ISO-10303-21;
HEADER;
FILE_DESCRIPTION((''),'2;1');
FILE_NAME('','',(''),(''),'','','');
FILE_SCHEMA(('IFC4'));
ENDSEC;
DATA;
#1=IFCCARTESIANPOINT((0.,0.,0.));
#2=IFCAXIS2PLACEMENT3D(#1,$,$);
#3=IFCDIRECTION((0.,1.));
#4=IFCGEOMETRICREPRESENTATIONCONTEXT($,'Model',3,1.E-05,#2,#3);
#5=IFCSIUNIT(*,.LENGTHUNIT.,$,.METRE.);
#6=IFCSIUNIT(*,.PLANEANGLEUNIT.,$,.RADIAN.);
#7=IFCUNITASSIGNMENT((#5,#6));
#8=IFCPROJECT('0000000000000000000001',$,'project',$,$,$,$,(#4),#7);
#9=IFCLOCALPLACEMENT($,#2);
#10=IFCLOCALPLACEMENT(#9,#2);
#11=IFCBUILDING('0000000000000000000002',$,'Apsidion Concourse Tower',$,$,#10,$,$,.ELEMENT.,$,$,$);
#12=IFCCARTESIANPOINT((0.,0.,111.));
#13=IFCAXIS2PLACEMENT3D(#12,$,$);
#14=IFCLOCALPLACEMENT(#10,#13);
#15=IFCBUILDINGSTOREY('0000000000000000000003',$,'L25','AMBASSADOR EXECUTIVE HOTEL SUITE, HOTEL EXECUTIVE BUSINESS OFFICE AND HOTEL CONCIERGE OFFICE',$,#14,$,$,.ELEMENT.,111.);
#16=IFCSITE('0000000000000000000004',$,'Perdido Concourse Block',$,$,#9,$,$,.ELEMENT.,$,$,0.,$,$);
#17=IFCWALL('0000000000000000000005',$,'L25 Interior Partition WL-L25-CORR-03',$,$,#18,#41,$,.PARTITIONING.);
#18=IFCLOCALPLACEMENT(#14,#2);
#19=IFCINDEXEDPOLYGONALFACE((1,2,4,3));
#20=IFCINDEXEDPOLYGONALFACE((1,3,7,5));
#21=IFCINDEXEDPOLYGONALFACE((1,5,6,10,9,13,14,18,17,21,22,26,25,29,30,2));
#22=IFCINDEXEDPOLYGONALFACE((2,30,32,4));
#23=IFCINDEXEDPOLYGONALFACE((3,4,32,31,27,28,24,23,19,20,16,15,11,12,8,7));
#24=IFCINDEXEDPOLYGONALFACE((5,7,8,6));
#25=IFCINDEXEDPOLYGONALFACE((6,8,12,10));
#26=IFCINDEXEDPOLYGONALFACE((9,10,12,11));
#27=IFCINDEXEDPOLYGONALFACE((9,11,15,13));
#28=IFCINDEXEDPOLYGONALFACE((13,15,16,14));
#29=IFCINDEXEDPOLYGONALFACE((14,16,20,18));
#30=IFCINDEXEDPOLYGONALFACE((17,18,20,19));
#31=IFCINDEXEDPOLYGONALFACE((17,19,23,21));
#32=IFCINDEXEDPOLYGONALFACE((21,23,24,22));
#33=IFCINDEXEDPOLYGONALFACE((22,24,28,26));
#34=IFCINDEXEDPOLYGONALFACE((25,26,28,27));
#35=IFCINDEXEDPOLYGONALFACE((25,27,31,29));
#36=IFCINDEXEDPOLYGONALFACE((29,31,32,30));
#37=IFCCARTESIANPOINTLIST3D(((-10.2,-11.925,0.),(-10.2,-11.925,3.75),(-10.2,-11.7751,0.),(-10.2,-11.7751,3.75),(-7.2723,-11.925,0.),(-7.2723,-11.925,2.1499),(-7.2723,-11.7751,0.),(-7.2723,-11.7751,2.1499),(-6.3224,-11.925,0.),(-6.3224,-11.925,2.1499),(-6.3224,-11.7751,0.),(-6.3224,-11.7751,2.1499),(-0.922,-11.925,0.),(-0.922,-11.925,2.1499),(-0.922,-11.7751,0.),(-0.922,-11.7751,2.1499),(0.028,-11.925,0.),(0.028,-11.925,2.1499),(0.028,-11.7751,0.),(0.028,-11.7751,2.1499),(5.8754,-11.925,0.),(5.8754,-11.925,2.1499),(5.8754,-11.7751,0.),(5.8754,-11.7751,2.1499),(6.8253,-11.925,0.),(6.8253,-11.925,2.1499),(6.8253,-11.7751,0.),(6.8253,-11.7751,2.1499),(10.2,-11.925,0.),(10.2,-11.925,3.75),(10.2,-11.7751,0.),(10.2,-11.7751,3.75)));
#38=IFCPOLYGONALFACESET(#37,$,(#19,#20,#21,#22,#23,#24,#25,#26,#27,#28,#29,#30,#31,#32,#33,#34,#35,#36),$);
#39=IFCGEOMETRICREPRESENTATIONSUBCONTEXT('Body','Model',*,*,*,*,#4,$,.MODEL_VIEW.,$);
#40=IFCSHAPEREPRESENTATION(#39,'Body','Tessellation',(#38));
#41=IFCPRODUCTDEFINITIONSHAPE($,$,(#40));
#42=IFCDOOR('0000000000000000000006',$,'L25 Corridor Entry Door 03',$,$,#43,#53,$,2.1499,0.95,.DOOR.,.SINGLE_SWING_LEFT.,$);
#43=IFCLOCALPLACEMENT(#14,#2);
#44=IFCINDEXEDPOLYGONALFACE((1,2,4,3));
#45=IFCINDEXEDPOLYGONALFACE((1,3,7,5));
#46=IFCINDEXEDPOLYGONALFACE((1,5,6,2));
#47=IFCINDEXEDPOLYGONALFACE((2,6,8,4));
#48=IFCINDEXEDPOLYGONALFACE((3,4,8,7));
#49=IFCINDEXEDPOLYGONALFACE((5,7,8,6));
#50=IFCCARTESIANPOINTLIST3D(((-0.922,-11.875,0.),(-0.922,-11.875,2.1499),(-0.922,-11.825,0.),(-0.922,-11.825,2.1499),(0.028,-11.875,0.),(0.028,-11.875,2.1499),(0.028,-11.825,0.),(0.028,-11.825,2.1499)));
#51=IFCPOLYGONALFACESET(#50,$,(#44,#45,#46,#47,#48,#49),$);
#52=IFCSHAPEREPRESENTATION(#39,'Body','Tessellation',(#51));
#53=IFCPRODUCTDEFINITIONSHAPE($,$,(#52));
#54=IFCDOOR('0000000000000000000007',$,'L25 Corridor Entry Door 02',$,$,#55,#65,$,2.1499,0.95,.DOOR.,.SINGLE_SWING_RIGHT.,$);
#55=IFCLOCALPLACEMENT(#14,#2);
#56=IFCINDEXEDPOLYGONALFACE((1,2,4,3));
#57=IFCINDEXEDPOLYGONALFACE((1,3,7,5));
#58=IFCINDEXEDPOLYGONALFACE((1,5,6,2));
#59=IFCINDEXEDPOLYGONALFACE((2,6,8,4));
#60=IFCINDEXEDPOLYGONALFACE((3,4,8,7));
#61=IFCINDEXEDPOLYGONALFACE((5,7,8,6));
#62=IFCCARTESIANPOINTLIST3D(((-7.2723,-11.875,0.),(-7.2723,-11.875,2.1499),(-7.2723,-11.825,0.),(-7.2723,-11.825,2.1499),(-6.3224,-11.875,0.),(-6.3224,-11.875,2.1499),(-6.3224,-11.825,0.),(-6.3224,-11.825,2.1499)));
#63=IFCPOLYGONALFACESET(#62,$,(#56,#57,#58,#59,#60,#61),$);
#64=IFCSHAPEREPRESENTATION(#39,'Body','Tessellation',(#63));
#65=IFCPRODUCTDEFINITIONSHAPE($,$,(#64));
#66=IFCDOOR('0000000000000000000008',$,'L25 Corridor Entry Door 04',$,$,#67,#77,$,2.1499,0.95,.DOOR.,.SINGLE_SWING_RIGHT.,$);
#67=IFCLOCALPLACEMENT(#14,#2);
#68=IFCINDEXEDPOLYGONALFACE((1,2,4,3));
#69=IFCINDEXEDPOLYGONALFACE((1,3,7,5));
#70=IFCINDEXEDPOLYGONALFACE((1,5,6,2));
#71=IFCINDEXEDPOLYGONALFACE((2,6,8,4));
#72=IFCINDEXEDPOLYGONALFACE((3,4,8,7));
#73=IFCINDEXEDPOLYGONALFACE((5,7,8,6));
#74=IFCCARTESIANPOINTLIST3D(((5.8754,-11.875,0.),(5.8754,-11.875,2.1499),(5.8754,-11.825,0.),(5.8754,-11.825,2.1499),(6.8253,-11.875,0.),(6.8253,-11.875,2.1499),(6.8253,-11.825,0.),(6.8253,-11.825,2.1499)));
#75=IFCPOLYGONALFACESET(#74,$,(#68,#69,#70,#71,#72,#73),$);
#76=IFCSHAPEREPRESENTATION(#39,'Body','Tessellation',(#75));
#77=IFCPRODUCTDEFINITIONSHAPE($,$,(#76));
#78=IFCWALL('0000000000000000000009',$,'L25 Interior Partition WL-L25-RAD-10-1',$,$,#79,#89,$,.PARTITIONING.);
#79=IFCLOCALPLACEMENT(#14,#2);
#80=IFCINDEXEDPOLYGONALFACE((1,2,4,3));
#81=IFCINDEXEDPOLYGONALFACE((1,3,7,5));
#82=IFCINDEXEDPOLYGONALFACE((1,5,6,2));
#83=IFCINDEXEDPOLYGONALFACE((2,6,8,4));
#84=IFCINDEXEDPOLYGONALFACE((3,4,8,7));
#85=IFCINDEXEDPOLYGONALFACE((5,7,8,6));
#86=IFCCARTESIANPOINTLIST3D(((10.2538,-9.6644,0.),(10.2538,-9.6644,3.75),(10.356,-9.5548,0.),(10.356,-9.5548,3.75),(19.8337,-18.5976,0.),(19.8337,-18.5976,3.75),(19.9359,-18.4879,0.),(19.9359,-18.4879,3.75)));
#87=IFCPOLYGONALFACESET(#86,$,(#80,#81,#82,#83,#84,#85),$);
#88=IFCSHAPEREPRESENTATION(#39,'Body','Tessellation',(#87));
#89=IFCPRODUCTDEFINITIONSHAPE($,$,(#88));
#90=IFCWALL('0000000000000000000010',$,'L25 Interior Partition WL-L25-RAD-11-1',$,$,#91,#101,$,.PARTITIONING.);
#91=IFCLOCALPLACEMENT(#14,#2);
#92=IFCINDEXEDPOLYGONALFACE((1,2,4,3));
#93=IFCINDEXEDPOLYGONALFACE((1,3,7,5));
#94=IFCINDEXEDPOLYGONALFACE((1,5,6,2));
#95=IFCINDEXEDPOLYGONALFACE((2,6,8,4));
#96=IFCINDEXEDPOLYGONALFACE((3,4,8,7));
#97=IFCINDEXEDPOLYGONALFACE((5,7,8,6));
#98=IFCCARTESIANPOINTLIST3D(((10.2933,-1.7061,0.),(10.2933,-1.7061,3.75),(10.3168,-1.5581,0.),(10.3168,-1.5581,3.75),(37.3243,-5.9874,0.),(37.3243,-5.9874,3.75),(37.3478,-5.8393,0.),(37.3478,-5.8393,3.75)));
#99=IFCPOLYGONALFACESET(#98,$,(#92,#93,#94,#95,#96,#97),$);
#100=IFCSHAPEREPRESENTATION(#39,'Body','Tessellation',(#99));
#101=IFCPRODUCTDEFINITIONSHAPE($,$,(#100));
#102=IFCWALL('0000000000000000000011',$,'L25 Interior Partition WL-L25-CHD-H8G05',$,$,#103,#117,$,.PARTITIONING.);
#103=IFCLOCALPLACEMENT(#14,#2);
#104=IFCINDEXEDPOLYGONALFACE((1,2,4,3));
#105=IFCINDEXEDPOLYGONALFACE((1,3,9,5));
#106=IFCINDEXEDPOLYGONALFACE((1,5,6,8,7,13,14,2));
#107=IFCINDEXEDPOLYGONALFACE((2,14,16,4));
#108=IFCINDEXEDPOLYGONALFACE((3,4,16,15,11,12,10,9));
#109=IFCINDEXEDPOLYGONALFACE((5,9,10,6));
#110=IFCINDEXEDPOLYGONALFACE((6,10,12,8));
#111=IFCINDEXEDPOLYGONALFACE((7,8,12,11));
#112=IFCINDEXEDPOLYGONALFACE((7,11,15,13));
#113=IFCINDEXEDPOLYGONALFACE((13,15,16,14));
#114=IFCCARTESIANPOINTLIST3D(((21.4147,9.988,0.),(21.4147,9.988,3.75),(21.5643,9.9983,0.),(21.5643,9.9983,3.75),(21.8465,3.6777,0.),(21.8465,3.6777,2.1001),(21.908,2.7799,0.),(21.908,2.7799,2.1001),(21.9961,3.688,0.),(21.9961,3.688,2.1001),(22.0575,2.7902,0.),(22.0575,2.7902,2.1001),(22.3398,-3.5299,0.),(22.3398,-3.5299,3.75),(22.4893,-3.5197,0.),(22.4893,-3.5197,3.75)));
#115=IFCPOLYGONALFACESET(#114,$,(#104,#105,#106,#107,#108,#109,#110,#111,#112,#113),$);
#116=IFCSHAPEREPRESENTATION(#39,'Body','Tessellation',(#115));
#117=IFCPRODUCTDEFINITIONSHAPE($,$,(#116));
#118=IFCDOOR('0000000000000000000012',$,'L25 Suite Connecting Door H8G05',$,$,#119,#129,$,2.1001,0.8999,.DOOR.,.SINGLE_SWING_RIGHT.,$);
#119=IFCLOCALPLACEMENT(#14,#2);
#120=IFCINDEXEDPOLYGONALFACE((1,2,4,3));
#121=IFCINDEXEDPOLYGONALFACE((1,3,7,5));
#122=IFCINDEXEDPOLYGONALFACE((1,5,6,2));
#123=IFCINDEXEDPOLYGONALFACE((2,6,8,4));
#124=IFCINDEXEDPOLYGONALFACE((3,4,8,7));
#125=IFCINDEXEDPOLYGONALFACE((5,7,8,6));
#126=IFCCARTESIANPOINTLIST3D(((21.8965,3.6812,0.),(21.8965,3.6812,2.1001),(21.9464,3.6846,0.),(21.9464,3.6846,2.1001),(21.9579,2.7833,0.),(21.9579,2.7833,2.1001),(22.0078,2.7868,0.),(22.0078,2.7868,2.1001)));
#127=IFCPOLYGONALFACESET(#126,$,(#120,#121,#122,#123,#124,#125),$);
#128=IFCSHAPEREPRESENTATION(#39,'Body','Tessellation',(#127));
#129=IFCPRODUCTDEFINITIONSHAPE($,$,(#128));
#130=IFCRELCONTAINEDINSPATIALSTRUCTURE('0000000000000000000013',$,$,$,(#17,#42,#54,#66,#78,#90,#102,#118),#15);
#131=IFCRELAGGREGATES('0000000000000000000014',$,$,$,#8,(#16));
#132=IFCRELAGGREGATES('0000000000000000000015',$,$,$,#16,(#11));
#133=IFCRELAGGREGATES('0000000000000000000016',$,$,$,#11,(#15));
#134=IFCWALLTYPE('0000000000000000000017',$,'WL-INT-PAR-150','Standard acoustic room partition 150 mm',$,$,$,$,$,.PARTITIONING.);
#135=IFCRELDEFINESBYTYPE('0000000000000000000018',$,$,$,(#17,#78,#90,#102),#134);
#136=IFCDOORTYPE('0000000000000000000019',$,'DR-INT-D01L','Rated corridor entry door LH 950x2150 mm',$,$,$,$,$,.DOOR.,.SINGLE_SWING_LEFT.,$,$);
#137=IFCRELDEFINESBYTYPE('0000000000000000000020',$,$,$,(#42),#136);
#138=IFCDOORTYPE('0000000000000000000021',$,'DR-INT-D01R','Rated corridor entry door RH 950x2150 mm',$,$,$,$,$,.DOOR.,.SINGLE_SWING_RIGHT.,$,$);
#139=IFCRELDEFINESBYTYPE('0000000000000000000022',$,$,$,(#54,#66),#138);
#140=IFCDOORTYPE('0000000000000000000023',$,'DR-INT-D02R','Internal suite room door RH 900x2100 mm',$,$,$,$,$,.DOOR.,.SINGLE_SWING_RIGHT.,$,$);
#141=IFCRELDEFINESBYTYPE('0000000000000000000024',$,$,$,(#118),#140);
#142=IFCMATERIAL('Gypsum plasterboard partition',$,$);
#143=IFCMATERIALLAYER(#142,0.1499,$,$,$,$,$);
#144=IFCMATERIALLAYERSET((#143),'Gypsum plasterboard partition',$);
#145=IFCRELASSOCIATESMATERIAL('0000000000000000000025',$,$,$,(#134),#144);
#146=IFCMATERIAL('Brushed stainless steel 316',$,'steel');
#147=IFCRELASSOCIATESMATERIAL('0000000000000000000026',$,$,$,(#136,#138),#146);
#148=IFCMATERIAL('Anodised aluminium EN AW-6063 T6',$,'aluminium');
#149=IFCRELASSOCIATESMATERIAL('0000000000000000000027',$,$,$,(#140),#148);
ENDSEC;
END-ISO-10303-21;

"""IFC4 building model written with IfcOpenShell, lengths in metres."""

from ifc_helpers import new_model, si_unit, direction, frame, frame_2d, origin, place, context, subcontext, project, spatial, rectangle, extrude, material, layer, layer_set, type_object, element, fill, save


model = new_model("IFC4")

# Units and contexts
model_context = context("Model", 3, precision=1e-05, world=origin(), true_north=direction((0.0, 1.0)))
body_context = subcontext(model_context, "Body", "Model", "MODEL_VIEW")
ifc_project = project(units=[si_unit("LENGTHUNIT", "METRE"), si_unit("PLANEANGLEUNIT", "RADIAN")], contexts=[model_context])

# Site, building, storey
site_placement = place(None, origin())
site = spatial("IfcSite", under=ifc_project, at=site_placement, Name="Perdido Concourse Block", CompositionType="ELEMENT", RefElevation=0.0)
building_placement = place(site_placement, origin())
building = spatial("IfcBuilding", under=site, at=building_placement, Name="Apsidion Concourse Tower", CompositionType="ELEMENT")
storey_placement = place(building_placement, frame((0.0, 0.0, 111.0)))
storey = spatial("IfcBuildingStorey", under=building, at=storey_placement, Name="L25", Description="AMBASSADOR EXECUTIVE HOTEL SUITE, HOTEL EXECUTIVE BUSINESS OFFICE AND HOTEL CONCIERGE OFFICE", CompositionType="ELEMENT", Elevation=111.0)

# Shared definitions
ifc_material_1 = material(Name="Anodised aluminium EN AW-6063 T6", Category="aluminium")

# Wall, openings, doors
ifc_material_2 = material(Name="Gypsum plasterboard partition")
ifc_layer_1 = layer(ifc_material_2, 0.1499)
ifc_layer_set_1 = layer_set([ifc_layer_1], Name="Gypsum plasterboard partition")
wall_type_1 = type_object("IfcWallType", Name="WL-INT-PAR-150", Description="Standard acoustic room partition 150 mm", PredefinedType="PARTITIONING", material=ifc_layer_set_1)
wall_1_placement = place(storey_placement, frame((10.2, -11.8501, 0.0), z_axis=(0.0, 0.0, 1.0), x_axis=(-1.0, 0.0, 0.0)))
wall_1 = element("IfcWall", 1, at=wall_1_placement, inside=storey, type_object=wall_type_1, Name="L25 Interior Partition WL-L25-CORR-03", PredefinedType="PARTITIONING", context=body_context, shape_type="SweptSolid", body=[
    extrude(rectangle(XDim=20.3999, YDim=0.1499, at=frame_2d((10.2, 0.0))), origin(), (0.0, 0.0, 1.0), 3.75),
])
opening_1_placement = place(wall_1_placement, frame((16.5222, 0.0, 0.0)))
opening_1 = element("IfcOpeningElement", 2, at=opening_1_placement, cuts=wall_1, PredefinedType="OPENING", context=body_context, shape_type="SweptSolid", body=[
    extrude(rectangle(XDim=0.95, YDim=2.1499, at=frame_2d((0.4751, 1.075))), frame((0.0, 0.085, 0.0), z_axis=(0.0, -1.0, 0.0), x_axis=(1.0, 0.0, 0.0)), (0.0, 0.0, 1.0), 0.1699),
])
opening_2_placement = place(wall_1_placement, frame((10.1719, 0.0, 0.0)))
opening_2 = element("IfcOpeningElement", 3, at=opening_2_placement, cuts=wall_1, PredefinedType="OPENING", context=body_context, shape_type="SweptSolid", body=[
    extrude(rectangle(XDim=0.95, YDim=2.1499, at=frame_2d((0.4751, 1.075))), frame((0.0, 0.085, 0.0), z_axis=(0.0, -1.0, 0.0), x_axis=(1.0, 0.0, 0.0)), (0.0, 0.0, 1.0), 0.1699),
])
opening_3_placement = place(wall_1_placement, frame((3.3745, 0.0, 0.0)))
opening_3 = element("IfcOpeningElement", 4, at=opening_3_placement, cuts=wall_1, PredefinedType="OPENING", context=body_context, shape_type="SweptSolid", body=[
    extrude(rectangle(XDim=0.95, YDim=2.1499, at=frame_2d((0.4751, 1.075))), frame((0.0, 0.085, 0.0), z_axis=(0.0, -1.0, 0.0), x_axis=(1.0, 0.0, 0.0)), (0.0, 0.0, 1.0), 0.1699),
])
ifc_material_3 = material(Name="Brushed stainless steel 316", Category="steel")
door_type_1 = type_object("IfcDoorType", Name="DR-INT-D01L", Description="Rated corridor entry door LH 950x2150 mm", OperationType="SINGLE_SWING_LEFT", PredefinedType="DOOR", material=ifc_material_3)
door_1_placement = place(opening_2_placement, origin())
door_1 = element("IfcDoor", 5, at=door_1_placement, inside=storey, type_object=door_type_1, Name="L25 Corridor Entry Door 03", OperationType="SINGLE_SWING_LEFT", OverallHeight=2.1499, OverallWidth=0.95, PredefinedType="DOOR", context=body_context, shape_type="SweptSolid", body=[
    extrude(rectangle(XDim=0.95, YDim=2.1499, at=frame_2d((0.4751, 1.075))), frame((0.0, 0.0249, 0.0), z_axis=(0.0, -1.0, 0.0), x_axis=(1.0, 0.0, 0.0)), (0.0, 0.0, 1.0), 0.05),
])
fill(opening_2, door_1)
door_type_2 = type_object("IfcDoorType", Name="DR-INT-D01R", Description="Rated corridor entry door RH 950x2150 mm", OperationType="SINGLE_SWING_RIGHT", PredefinedType="DOOR", material=ifc_material_3)
door_2_placement = place(opening_1_placement, origin())
door_2 = element("IfcDoor", 6, at=door_2_placement, inside=storey, type_object=door_type_2, Name="L25 Corridor Entry Door 02", OperationType="SINGLE_SWING_RIGHT", OverallHeight=2.1499, OverallWidth=0.95, PredefinedType="DOOR", context=body_context, shape_type="SweptSolid", body=[
    extrude(rectangle(XDim=0.95, YDim=2.1499, at=frame_2d((0.4751, 1.075))), frame((0.0, 0.0249, 0.0), z_axis=(0.0, -1.0, 0.0), x_axis=(1.0, 0.0, 0.0)), (0.0, 0.0, 1.0), 0.05),
])
fill(opening_1, door_2)
door_3_placement = place(opening_3_placement, origin())
door_3 = element("IfcDoor", 7, at=door_3_placement, inside=storey, type_object=door_type_2, Name="L25 Corridor Entry Door 04", OperationType="SINGLE_SWING_RIGHT", OverallHeight=2.1499, OverallWidth=0.95, PredefinedType="DOOR", context=body_context, shape_type="SweptSolid", body=[
    extrude(rectangle(XDim=0.95, YDim=2.1499, at=frame_2d((0.4751, 1.075))), frame((0.0, 0.0249, 0.0), z_axis=(0.0, -1.0, 0.0), x_axis=(1.0, 0.0, 0.0)), (0.0, 0.0, 1.0), 0.05),
])
fill(opening_3, door_3)

# Walls
wall_2_placement = place(storey_placement, frame((10.3049, -9.6096, 0.0), z_axis=(0.0, 0.0, 1.0), x_axis=(0.731363, -0.681989, 0.0)))
element("IfcWall", 8, at=wall_2_placement, inside=storey, type_object=wall_type_1, Name="L25 Interior Partition WL-L25-RAD-10-1", PredefinedType="PARTITIONING", context=body_context, shape_type="SweptSolid", body=[
    extrude(rectangle(XDim=13.0986, YDim=0.1499, at=frame_2d((6.5493, 0.0))), origin(), (0.0, 0.0, 1.0), 3.75),
])
wall_3_placement = place(storey_placement, frame((10.3049, -1.6321, 0.0), z_axis=(0.0, 0.0, 1.0), x_axis=(0.987689, -0.156433, 0.0)))
element("IfcWall", 9, at=wall_3_placement, inside=storey, type_object=wall_type_1, Name="L25 Interior Partition WL-L25-RAD-11-1", PredefinedType="PARTITIONING", context=body_context, shape_type="SweptSolid", body=[
    extrude(rectangle(XDim=27.3679, YDim=0.1499, at=frame_2d((13.6841, 0.0))), origin(), (0.0, 0.0, 1.0), 3.75),
])

# Wall, opening, door
wall_4_placement = place(storey_placement, frame((22.4146, -3.5249, 0.0), z_axis=(0.0, 0.0, 1.0), x_axis=(-0.068271, 0.997667, 0.0)))
wall_4 = element("IfcWall", 10, at=wall_4_placement, inside=storey, type_object=wall_type_1, Name="L25 Interior Partition WL-L25-CHD-H8G05", PredefinedType="PARTITIONING", context=body_context, shape_type="SweptSolid", body=[
    extrude(rectangle(XDim=13.5496, YDim=0.1499, at=frame_2d((6.7749, 0.0))), origin(), (0.0, 0.0, 1.0), 3.75),
])
opening_4_placement = place(wall_4_placement, frame((6.3247, 0.0, 0.0)))
opening_4 = element("IfcOpeningElement", 11, at=opening_4_placement, cuts=wall_4, PredefinedType="OPENING", context=body_context, shape_type="SweptSolid", body=[
    extrude(rectangle(XDim=0.8999, YDim=2.1001, at=frame_2d((0.45, 1.05))), frame((0.0, 0.085, 0.0), z_axis=(0.0, -1.0, 0.0), x_axis=(1.0, 0.0, 0.0)), (0.0, 0.0, 1.0), 0.1699),
])
door_type_3 = type_object("IfcDoorType", Name="DR-INT-D02R", Description="Internal suite room door RH 900x2100 mm", OperationType="SINGLE_SWING_RIGHT", PredefinedType="DOOR", material=ifc_material_1)
door_4_placement = place(opening_4_placement, origin())
door_4 = element("IfcDoor", 12, at=door_4_placement, inside=storey, type_object=door_type_3, Name="L25 Suite Connecting Door H8G05", OperationType="SINGLE_SWING_RIGHT", OverallHeight=2.1001, OverallWidth=0.8999, PredefinedType="DOOR", context=body_context, shape_type="SweptSolid", body=[
    extrude(rectangle(XDim=0.8999, YDim=2.1001, at=frame_2d((0.45, 1.05))), frame((0.0, 0.0249, 0.0), z_axis=(0.0, -1.0, 0.0), x_axis=(1.0, 0.0, 0.0)), (0.0, 0.0, 1.0), 0.05),
])
fill(opening_4, door_4)

save(model, "model.ifc")
